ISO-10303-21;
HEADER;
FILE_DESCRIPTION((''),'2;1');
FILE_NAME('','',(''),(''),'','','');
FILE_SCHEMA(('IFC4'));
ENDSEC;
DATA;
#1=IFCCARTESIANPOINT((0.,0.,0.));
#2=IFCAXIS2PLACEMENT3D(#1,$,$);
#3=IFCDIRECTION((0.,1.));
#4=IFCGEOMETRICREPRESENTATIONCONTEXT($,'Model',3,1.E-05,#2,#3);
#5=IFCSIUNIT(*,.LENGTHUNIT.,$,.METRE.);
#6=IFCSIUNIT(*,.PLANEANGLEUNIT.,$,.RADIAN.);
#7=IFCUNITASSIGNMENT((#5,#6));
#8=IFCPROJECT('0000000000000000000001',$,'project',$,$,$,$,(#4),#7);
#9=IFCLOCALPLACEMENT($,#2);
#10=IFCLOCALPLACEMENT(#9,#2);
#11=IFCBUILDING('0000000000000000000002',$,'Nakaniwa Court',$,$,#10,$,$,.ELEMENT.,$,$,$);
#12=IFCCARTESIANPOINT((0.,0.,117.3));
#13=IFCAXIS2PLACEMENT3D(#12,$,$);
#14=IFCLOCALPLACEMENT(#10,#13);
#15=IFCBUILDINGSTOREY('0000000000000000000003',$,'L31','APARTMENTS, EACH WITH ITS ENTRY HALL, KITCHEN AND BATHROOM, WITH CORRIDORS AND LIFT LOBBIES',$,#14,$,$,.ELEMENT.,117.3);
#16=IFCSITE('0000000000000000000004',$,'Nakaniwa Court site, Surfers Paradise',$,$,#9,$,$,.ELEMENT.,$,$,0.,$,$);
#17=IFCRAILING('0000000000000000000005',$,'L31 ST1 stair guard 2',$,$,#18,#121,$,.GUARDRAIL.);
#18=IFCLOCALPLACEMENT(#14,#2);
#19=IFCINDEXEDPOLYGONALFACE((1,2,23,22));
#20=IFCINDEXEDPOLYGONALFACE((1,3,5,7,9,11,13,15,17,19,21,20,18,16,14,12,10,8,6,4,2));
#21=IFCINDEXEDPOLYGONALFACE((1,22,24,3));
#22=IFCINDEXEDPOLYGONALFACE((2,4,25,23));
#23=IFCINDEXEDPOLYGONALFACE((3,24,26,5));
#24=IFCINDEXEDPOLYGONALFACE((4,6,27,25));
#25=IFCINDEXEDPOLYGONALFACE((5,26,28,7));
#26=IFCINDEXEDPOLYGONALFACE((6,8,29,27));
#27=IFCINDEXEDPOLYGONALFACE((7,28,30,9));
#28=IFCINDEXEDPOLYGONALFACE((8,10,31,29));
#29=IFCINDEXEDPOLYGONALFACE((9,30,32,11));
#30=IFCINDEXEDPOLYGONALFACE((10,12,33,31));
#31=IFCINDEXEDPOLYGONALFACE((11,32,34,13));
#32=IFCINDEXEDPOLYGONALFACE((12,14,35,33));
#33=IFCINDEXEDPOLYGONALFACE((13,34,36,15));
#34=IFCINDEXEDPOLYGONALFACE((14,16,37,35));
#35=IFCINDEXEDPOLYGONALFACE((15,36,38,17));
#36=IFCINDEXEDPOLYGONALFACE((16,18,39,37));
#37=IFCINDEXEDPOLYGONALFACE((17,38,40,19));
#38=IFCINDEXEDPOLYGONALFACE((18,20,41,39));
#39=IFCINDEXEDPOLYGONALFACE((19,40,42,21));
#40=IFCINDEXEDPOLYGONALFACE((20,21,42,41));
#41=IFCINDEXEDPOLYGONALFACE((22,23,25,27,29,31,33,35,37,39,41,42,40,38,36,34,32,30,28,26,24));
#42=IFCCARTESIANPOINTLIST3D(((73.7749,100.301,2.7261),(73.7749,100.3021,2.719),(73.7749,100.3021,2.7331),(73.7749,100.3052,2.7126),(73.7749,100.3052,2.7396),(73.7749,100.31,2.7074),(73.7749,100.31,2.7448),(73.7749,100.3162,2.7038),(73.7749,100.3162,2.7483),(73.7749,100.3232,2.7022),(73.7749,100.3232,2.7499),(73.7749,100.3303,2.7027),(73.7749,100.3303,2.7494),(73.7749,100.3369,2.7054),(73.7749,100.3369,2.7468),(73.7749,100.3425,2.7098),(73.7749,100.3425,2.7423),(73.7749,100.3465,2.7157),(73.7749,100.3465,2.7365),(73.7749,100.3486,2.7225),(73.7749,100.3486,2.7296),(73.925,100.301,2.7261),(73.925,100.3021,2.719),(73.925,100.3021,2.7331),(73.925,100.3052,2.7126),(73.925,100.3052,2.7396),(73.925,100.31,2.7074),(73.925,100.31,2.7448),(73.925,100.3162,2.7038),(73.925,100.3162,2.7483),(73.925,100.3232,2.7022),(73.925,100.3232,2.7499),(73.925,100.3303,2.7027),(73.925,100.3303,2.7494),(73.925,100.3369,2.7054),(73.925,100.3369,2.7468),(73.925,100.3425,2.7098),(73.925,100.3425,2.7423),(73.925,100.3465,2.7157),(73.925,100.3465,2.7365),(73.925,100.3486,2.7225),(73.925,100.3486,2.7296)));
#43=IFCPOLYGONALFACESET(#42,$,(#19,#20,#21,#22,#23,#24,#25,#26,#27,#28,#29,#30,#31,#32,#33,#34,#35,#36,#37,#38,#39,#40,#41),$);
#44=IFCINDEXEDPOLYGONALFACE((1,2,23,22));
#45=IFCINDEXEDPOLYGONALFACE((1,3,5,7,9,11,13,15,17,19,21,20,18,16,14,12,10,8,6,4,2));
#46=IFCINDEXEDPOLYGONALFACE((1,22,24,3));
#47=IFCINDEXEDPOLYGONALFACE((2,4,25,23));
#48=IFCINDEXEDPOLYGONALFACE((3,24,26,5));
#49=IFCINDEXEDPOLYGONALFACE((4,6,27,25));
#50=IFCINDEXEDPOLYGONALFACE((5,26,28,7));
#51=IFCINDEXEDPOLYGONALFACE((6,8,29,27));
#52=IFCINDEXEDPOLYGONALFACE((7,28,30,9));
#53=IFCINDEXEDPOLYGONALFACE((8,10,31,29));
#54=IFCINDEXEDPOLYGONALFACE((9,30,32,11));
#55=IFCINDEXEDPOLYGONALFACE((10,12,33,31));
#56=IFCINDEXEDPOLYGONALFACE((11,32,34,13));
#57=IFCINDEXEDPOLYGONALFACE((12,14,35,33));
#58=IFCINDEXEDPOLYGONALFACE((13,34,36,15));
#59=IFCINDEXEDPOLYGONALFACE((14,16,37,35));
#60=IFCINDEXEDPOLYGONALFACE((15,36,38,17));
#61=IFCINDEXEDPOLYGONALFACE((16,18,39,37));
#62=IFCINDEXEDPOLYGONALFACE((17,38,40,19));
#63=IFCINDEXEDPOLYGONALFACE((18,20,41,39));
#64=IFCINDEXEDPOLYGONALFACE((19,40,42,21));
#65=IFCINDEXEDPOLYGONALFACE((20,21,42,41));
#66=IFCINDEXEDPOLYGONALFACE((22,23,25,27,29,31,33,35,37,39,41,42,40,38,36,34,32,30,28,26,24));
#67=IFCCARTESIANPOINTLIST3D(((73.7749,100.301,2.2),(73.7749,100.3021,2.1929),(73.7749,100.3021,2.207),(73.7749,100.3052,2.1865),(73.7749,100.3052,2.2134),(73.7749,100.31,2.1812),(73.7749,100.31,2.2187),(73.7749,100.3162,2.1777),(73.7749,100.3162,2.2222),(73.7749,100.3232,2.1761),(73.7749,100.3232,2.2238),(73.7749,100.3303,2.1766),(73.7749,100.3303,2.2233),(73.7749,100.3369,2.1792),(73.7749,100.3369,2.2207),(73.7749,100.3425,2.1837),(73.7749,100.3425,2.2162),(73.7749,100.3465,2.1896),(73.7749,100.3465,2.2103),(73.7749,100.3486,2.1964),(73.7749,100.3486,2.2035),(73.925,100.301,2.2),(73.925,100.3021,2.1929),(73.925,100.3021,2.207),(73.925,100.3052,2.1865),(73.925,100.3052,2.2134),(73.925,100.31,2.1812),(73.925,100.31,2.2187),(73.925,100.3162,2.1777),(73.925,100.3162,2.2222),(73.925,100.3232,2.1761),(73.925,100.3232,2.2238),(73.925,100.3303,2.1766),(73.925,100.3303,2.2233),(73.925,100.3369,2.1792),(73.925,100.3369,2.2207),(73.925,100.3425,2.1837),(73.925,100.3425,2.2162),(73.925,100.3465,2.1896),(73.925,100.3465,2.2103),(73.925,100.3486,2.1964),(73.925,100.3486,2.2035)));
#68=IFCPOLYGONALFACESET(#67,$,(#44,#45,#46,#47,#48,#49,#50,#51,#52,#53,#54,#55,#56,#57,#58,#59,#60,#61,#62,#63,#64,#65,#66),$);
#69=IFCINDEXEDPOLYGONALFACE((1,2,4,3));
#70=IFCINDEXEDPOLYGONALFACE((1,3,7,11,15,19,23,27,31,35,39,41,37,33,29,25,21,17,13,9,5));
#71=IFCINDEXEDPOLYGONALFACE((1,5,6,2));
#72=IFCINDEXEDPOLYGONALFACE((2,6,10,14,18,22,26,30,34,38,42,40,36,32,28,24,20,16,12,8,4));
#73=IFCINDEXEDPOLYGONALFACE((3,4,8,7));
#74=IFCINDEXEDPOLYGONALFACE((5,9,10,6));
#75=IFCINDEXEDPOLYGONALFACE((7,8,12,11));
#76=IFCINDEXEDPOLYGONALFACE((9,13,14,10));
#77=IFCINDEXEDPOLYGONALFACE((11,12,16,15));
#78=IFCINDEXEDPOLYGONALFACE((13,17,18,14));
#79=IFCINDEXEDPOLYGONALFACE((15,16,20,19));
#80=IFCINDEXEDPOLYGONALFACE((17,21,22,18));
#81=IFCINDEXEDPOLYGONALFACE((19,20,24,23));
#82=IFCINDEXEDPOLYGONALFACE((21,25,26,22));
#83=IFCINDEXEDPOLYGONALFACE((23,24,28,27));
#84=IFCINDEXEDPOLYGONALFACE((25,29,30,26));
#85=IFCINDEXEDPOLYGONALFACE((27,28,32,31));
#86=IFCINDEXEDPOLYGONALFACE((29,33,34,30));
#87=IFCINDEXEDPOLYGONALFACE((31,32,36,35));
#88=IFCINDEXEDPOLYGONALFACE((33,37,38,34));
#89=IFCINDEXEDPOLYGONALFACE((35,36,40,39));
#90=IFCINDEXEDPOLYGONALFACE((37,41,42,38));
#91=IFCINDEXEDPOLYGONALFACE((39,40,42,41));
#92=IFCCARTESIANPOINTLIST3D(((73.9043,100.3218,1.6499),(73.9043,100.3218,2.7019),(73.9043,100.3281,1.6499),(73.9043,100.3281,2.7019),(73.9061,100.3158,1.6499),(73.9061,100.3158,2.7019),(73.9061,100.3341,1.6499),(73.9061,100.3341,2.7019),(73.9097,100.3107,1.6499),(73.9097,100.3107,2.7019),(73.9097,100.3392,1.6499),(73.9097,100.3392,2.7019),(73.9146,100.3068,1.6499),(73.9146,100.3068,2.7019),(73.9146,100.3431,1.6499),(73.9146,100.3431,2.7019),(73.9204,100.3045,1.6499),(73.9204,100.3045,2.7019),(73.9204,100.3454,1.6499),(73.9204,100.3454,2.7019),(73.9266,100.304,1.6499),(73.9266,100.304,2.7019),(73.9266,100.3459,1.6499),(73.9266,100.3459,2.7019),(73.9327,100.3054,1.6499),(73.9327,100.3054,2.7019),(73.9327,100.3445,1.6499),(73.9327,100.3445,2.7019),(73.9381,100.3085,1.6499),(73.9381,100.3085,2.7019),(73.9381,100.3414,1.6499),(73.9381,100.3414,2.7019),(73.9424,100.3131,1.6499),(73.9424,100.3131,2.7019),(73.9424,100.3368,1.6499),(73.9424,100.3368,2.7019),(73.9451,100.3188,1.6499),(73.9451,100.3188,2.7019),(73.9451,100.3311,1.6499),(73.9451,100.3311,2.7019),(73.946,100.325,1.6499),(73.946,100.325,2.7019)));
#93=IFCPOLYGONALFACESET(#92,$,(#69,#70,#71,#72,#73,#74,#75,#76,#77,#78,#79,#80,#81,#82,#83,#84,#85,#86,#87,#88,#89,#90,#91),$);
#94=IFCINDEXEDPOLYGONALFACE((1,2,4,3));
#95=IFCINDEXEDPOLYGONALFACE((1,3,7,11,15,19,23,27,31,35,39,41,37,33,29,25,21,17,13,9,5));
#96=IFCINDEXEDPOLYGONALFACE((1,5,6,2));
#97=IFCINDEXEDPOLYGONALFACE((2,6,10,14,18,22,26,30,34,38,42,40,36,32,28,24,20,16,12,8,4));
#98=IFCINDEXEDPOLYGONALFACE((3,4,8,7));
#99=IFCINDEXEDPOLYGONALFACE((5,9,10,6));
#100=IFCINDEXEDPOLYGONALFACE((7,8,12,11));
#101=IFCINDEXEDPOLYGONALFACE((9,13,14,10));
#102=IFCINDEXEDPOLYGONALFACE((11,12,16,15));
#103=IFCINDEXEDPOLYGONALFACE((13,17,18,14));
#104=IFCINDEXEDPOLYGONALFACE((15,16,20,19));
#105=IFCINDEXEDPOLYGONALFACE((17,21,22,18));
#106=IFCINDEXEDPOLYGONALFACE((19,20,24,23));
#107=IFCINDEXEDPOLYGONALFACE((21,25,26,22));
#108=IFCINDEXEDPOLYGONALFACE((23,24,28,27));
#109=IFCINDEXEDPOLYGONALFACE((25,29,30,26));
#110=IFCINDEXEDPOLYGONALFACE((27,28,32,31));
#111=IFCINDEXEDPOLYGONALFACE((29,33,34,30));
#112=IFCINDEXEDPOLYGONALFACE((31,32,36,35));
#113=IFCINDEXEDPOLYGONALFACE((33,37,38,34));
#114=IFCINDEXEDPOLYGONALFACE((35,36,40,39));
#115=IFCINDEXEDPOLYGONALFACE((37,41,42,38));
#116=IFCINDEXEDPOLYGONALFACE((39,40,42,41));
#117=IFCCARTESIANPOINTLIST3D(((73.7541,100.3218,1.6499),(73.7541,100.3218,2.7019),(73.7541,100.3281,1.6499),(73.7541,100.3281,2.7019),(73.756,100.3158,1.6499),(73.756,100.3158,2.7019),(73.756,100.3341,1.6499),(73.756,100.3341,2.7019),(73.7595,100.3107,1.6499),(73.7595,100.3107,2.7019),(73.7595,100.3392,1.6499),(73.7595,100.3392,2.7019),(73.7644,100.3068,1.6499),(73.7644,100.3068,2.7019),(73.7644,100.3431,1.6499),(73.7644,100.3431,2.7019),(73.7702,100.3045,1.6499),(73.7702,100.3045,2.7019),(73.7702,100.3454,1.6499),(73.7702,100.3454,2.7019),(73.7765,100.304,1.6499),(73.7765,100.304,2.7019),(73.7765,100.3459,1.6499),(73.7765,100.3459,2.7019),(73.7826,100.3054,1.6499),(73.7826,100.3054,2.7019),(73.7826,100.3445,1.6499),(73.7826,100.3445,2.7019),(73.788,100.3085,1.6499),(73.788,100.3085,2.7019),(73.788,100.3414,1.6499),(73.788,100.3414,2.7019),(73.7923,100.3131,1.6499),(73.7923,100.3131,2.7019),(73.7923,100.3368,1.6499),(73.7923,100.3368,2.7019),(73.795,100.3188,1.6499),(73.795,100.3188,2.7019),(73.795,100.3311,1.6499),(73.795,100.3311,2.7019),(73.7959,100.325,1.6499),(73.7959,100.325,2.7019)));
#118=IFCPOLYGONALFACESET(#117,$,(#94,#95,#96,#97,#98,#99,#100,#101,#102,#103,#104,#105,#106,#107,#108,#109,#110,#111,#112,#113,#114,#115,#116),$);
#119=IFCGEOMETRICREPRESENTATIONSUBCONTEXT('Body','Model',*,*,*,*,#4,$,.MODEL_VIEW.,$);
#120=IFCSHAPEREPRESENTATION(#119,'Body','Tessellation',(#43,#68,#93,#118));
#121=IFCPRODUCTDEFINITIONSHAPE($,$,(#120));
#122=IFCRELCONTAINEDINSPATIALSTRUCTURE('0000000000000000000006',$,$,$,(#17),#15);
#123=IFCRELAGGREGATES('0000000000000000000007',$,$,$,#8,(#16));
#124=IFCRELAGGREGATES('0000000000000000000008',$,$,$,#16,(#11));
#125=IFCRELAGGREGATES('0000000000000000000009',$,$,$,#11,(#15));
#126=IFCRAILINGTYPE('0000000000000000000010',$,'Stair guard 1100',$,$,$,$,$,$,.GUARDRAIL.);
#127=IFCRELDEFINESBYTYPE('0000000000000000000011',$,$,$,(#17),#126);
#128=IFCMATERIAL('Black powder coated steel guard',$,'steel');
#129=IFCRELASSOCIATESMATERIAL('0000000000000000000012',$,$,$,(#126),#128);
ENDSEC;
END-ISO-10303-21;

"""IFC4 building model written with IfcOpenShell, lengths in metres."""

from ifc_helpers import new_model, si_unit, direction, frame, origin, origin_2d, place, context, subcontext, project, spatial, circle, extrude, material, type_object, element, save


model = new_model("IFC4")

# Units and contexts
model_context = context("Model", 3, precision=1e-05, world=origin(), true_north=direction((0.0, 1.0)))
body_context = subcontext(model_context, "Body", "Model", "MODEL_VIEW")
ifc_project = project(units=[si_unit("LENGTHUNIT", "METRE"), si_unit("PLANEANGLEUNIT", "RADIAN")], contexts=[model_context])

# Site, building, storey
site_placement = place(None, origin())
site = spatial("IfcSite", under=ifc_project, at=site_placement, Name="Nakaniwa Court site, Surfers Paradise", CompositionType="ELEMENT", RefElevation=0.0)
building_placement = place(site_placement, origin())
building = spatial("IfcBuilding", under=site, at=building_placement, Name="Nakaniwa Court", CompositionType="ELEMENT")
storey_placement = place(building_placement, frame((0.0, 0.0, 117.3)))
storey = spatial("IfcBuildingStorey", under=building, at=storey_placement, Name="L31", Description="APARTMENTS, EACH WITH ITS ENTRY HALL, KITCHEN AND BATHROOM, WITH CORRIDORS AND LIFT LOBBIES", CompositionType="ELEMENT", Elevation=117.3)

# Railing
ifc_material_1 = material(Name="Black powder coated steel guard", Category="steel")
railing_type_1 = type_object("IfcRailingType", Name="Stair guard 1100", PredefinedType="GUARDRAIL", material=ifc_material_1)
railing_1_placement = place(storey_placement, frame((73.925, 100.325, 1.6499)))
element("IfcRailing", 1, at=railing_1_placement, inside=storey, type_object=railing_type_1, Name="L31 ST1 stair guard 2", PredefinedType="GUARDRAIL", context=body_context, shape_type="SweptSolid", body=[
    extrude(circle(Radius=0.0239, at=origin_2d()), frame((0.0, 0.0, 1.0762), z_axis=(-1.0, 0.0, 0.0), x_axis=(0.0, -1.0, 0.0)), (0.0, 0.0, 1.0), 0.1501),
    extrude(circle(Radius=0.0239, at=origin_2d()), frame((0.0, 0.0, 0.55), z_axis=(-1.0, 0.0, 0.0), x_axis=(0.0, -1.0, 0.0)), (0.0, 0.0, 1.0), 0.1501),
    extrude(circle(Radius=0.021, at=origin_2d()), origin(), (0.0, 0.0, 1.0), 1.052),
    extrude(circle(Radius=0.021, at=origin_2d()), frame((-0.1501, 0.0, 0.0)), (0.0, 0.0, 1.0), 1.052),
])

save(model, "model.ifc")
